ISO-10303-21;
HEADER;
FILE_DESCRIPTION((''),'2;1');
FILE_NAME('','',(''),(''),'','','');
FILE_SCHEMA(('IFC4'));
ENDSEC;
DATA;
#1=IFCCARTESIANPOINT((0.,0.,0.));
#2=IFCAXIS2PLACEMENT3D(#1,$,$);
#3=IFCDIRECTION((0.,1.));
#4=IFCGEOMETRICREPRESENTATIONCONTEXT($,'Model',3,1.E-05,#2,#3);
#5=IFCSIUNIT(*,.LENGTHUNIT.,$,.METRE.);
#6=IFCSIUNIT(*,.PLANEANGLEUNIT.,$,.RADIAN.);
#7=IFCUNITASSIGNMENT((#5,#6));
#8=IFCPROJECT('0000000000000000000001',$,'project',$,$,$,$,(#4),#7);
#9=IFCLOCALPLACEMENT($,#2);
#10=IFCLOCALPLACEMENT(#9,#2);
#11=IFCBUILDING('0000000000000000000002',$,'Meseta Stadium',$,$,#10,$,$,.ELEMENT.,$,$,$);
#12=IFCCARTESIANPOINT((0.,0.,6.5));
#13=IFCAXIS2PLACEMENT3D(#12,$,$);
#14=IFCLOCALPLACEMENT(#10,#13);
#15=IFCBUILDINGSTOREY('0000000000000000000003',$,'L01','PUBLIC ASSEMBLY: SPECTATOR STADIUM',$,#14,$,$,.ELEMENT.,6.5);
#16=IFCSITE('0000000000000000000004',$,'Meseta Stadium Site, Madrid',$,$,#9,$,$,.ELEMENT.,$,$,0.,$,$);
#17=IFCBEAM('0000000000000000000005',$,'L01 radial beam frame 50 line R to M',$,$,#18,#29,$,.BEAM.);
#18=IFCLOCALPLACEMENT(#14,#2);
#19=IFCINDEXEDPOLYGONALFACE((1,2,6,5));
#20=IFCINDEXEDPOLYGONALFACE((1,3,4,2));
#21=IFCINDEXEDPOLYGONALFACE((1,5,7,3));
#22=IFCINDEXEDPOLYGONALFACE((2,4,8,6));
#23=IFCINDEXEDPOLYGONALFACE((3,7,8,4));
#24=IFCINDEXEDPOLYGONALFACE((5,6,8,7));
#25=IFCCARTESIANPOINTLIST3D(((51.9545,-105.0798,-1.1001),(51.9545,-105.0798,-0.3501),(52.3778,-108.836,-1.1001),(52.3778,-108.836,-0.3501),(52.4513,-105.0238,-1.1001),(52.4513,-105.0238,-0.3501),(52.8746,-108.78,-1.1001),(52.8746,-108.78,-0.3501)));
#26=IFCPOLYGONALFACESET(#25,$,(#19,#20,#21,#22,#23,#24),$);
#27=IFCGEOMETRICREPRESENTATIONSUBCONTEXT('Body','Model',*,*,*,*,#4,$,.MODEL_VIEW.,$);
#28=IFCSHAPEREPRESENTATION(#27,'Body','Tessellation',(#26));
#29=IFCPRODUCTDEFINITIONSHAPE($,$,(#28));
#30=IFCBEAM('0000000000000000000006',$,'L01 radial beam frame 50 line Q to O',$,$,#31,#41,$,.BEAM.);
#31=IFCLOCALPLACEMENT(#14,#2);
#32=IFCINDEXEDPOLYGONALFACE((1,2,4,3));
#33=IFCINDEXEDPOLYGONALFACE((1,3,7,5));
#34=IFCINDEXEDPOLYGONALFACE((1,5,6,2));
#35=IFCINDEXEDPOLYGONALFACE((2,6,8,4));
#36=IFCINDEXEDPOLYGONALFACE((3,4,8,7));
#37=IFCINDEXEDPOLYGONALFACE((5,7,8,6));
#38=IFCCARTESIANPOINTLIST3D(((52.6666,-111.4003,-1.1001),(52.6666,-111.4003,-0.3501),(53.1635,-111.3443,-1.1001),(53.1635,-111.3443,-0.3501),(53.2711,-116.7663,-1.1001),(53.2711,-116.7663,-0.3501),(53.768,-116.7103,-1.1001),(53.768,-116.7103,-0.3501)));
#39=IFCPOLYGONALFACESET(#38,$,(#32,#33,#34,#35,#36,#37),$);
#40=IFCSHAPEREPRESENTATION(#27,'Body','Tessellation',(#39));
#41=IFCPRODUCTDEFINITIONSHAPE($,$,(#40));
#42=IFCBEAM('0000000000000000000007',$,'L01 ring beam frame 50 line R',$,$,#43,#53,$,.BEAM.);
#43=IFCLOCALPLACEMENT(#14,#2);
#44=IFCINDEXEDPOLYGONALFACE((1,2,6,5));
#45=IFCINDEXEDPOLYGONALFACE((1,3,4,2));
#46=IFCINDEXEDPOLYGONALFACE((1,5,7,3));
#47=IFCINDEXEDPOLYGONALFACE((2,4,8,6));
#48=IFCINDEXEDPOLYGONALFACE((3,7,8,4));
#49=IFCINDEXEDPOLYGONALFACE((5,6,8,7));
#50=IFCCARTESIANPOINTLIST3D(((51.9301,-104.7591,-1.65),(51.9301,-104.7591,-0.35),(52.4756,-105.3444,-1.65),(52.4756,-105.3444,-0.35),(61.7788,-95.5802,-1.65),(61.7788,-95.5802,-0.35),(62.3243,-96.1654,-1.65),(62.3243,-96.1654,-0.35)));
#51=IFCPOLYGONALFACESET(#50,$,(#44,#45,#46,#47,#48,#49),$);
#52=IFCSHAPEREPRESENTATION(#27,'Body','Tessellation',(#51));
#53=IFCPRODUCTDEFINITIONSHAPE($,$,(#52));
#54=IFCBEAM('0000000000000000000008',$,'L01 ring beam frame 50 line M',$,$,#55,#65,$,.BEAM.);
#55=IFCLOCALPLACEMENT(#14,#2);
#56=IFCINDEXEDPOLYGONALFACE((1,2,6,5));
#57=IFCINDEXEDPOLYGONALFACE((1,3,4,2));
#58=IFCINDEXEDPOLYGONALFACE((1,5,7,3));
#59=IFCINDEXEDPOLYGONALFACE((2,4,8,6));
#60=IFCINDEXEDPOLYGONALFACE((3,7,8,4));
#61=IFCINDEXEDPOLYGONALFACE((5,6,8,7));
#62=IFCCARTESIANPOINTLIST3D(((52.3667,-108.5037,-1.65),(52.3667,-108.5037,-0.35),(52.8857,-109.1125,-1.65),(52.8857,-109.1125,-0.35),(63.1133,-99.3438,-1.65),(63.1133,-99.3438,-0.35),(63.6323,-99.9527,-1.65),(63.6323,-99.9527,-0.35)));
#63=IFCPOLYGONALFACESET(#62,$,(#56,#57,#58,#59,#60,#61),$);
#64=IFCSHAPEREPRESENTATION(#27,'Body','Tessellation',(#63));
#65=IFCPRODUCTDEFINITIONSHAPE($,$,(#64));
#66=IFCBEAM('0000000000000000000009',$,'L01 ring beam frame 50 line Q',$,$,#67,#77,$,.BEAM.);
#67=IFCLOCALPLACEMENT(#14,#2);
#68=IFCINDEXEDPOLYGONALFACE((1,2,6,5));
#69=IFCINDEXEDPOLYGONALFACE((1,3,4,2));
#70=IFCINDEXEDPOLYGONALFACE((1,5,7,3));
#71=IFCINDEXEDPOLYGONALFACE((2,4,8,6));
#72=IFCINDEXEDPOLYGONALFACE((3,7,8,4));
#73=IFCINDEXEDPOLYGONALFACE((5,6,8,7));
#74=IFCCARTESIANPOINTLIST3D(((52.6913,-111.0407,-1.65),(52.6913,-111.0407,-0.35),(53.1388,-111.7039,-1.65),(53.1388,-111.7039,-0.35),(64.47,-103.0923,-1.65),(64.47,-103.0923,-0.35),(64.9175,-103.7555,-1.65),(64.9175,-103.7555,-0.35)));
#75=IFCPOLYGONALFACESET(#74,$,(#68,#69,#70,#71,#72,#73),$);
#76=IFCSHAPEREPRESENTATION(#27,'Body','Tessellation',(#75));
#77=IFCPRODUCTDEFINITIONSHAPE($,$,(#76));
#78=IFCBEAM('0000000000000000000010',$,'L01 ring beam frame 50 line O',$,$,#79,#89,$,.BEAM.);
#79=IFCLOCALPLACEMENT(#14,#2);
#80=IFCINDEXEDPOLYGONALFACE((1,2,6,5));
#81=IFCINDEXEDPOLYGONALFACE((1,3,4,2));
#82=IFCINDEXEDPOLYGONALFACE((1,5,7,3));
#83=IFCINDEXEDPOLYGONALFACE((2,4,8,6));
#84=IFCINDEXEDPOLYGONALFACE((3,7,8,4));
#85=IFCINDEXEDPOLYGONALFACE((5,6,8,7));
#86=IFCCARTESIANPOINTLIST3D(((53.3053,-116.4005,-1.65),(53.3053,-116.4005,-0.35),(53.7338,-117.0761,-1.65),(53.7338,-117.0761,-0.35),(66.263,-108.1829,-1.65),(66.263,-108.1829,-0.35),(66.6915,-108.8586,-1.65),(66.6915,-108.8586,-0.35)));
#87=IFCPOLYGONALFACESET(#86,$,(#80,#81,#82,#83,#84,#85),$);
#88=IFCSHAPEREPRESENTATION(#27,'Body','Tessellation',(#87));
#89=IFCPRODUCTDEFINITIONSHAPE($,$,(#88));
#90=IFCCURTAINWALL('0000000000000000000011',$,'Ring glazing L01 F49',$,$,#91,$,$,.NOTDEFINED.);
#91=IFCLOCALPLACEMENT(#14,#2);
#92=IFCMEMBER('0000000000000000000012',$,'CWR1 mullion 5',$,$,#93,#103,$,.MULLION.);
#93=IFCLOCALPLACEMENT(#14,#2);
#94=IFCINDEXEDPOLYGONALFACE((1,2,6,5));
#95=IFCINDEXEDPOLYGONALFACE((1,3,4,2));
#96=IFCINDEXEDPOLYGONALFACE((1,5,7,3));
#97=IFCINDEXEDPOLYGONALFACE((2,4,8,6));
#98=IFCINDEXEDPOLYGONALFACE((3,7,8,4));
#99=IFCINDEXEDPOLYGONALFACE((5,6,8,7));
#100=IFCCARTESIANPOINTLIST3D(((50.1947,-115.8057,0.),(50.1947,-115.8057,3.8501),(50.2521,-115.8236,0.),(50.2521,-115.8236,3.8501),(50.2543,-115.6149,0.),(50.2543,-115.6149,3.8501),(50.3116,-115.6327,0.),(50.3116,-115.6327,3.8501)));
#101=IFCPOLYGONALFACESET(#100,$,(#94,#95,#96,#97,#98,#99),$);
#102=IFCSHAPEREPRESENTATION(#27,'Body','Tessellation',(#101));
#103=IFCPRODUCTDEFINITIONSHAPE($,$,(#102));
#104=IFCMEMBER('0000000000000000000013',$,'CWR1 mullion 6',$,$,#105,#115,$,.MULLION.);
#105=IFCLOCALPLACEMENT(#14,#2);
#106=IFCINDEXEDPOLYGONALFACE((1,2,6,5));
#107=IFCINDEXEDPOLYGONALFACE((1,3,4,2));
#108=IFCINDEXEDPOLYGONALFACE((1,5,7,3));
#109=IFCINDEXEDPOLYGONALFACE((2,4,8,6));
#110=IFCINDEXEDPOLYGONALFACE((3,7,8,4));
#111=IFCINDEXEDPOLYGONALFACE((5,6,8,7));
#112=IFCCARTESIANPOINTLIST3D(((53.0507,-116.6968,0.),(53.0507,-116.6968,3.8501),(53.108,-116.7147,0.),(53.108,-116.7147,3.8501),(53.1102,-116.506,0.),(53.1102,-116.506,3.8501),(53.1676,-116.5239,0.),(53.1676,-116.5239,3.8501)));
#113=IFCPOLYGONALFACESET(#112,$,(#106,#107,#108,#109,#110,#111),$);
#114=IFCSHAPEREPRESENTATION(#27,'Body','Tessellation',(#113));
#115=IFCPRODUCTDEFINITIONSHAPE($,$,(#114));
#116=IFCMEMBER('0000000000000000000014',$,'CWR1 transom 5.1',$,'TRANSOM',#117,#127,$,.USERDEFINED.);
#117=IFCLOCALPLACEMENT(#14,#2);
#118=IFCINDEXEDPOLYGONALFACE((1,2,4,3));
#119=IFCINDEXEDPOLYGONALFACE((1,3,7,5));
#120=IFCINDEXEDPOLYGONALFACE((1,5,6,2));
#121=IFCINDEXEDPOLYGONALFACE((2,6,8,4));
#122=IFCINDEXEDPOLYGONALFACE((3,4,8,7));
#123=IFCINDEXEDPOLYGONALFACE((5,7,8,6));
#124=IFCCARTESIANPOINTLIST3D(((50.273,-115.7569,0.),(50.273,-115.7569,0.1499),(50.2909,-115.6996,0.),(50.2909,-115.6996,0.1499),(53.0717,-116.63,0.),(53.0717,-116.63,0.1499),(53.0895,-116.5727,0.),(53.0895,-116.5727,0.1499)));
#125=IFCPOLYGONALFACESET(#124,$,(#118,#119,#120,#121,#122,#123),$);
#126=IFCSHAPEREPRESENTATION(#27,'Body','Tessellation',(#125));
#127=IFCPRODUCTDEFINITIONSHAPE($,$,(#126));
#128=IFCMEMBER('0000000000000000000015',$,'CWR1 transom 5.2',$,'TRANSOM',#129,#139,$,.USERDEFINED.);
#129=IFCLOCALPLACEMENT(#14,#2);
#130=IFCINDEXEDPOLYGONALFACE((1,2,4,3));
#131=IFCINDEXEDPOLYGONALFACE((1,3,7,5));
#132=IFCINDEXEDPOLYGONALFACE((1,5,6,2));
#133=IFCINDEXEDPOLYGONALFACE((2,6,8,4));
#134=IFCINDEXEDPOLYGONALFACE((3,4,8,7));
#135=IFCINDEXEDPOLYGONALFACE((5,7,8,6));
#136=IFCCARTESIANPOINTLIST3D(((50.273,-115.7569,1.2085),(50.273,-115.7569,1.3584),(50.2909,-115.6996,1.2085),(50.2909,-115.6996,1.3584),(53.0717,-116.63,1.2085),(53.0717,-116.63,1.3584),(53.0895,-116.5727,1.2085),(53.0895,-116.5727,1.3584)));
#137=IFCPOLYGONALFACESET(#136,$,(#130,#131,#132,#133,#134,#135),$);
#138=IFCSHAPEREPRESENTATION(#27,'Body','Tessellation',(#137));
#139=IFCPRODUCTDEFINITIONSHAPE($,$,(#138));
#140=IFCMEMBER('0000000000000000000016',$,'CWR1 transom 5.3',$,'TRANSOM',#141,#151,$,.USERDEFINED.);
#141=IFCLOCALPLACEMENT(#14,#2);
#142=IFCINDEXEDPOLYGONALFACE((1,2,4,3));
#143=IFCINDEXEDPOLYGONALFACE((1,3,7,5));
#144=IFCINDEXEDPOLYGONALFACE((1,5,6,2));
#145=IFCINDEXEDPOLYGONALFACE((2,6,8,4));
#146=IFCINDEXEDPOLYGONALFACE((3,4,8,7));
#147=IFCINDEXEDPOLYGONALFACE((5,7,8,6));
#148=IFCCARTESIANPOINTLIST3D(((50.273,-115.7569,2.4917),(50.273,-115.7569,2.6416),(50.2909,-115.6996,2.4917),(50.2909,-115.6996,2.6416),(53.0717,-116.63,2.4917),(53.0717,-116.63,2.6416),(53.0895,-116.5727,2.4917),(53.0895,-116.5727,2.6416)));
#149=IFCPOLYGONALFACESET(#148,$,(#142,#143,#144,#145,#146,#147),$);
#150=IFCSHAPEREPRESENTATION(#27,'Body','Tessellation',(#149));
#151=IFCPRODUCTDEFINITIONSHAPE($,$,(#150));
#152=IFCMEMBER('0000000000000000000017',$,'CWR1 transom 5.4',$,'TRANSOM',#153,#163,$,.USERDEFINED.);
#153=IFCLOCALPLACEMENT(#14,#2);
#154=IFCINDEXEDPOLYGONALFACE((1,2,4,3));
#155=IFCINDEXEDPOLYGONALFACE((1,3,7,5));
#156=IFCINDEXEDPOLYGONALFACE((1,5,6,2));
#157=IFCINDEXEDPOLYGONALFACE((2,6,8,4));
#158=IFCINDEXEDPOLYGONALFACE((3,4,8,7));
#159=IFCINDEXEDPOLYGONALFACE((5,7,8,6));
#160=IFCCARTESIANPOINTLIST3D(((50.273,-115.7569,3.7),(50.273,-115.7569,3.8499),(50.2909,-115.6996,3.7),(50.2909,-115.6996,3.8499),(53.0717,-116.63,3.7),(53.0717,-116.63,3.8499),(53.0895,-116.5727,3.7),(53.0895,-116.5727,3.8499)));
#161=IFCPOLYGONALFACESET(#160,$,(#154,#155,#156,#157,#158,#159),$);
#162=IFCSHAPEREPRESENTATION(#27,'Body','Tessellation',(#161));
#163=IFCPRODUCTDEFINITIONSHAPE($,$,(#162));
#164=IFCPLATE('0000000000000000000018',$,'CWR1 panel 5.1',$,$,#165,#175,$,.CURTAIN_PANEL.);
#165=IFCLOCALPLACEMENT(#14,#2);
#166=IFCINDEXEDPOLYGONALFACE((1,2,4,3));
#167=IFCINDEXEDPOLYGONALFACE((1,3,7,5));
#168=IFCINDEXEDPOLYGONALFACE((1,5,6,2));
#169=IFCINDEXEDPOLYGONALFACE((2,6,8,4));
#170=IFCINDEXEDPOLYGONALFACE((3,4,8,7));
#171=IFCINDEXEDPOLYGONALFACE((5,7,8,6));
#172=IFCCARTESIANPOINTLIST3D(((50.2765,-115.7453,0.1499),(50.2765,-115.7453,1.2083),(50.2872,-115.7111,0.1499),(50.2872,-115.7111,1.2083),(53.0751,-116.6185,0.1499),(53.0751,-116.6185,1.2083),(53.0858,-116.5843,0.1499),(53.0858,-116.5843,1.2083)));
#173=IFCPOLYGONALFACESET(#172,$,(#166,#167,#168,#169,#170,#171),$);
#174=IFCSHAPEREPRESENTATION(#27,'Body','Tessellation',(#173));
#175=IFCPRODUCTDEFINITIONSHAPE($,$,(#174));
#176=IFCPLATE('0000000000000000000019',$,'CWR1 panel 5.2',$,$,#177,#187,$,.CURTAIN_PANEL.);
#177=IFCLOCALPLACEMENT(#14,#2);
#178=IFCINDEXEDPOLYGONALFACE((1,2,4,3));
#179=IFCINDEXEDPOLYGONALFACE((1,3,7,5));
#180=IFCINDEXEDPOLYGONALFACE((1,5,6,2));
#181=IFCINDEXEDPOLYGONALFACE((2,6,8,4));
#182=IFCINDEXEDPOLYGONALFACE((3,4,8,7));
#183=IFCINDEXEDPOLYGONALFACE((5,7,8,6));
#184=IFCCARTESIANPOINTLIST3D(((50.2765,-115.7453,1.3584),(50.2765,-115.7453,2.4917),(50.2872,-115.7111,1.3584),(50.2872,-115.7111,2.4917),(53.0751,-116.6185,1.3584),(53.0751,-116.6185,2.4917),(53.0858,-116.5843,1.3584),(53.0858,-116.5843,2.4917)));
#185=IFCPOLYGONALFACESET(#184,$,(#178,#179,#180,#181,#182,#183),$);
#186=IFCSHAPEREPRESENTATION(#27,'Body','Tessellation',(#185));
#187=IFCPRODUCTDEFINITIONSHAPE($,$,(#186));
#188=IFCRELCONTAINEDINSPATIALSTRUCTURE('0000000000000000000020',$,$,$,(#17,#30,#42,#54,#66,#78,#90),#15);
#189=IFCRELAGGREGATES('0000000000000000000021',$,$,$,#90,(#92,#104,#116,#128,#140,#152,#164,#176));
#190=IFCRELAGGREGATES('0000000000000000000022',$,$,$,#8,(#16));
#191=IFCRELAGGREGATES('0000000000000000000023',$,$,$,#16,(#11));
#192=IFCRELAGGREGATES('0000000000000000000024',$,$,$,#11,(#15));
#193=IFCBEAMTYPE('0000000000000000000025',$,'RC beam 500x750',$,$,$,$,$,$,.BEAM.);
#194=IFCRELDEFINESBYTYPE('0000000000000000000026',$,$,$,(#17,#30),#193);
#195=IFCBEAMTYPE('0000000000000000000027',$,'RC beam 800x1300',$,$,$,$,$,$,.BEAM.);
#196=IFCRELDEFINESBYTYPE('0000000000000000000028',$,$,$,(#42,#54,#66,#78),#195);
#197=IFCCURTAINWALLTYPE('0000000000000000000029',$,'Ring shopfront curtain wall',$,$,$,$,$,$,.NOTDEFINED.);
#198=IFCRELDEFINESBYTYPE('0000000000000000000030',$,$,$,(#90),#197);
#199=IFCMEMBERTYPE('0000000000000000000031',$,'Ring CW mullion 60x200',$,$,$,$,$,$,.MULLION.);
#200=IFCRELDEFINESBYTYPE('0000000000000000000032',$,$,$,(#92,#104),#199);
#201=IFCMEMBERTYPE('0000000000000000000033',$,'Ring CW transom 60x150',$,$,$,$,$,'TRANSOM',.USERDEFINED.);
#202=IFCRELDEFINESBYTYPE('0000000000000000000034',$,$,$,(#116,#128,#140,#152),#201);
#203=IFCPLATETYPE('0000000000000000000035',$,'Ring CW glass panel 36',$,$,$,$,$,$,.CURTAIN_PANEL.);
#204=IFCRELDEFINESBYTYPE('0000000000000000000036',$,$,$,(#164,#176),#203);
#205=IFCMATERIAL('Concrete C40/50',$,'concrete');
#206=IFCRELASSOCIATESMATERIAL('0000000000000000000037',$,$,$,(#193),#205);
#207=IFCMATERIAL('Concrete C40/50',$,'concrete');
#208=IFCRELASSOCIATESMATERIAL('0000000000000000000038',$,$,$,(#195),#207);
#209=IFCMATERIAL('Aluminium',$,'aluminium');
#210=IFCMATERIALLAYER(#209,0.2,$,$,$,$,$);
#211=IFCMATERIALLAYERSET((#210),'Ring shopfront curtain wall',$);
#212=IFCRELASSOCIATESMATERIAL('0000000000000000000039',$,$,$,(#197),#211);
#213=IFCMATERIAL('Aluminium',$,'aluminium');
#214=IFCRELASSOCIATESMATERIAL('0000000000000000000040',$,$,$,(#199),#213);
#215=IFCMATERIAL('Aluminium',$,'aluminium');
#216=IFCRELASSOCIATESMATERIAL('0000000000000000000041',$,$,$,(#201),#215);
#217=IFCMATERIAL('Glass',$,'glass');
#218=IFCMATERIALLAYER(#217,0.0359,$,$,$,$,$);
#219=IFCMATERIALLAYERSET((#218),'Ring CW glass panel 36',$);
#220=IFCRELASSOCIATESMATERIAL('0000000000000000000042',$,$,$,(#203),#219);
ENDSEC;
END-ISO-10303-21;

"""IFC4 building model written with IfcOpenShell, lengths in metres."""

from ifc_helpers import new_model, si_unit, direction, frame, origin, origin_2d, place, context, subcontext, project, spatial, rectangle, extrude, material, layer, layer_set, material_profile, profile_set, type_object, element, aggregate, save


model = new_model("IFC4")

# Units and contexts
model_context = context("Model", 3, precision=1e-05, world=origin(), true_north=direction((0.0, 1.0)))
body_context = subcontext(model_context, "Body", "Model", "MODEL_VIEW")
ifc_project = project(units=[si_unit("LENGTHUNIT", "METRE"), si_unit("PLANEANGLEUNIT", "RADIAN")], contexts=[model_context])

# Site, building, storey
site_placement = place(None, origin())
site = spatial("IfcSite", under=ifc_project, at=site_placement, Name="Meseta Stadium Site, Madrid", CompositionType="ELEMENT", RefElevation=0.0)
building_placement = place(site_placement, origin())
building = spatial("IfcBuilding", under=site, at=building_placement, Name="Meseta Stadium", CompositionType="ELEMENT")
storey_placement = place(building_placement, frame((0.0, 0.0, 6.5)))
storey = spatial("IfcBuildingStorey", under=building, at=storey_placement, Name="L01", Description="PUBLIC ASSEMBLY: SPECTATOR STADIUM", CompositionType="ELEMENT", Elevation=6.5)

# Beams
ifc_material_1 = material(Name="Concrete C40/50", Category="concrete")
ifc_material_profile_1 = material_profile(ifc_material_1, rectangle(XDim=0.5, YDim=0.75, at=origin_2d()), Name="RC 500x750")
ifc_profile_set_1 = profile_set([ifc_material_profile_1], Name="Concrete C40/50")
beam_type_1 = type_object("IfcBeamType", Name="RC beam 500x750", PredefinedType="BEAM", material=ifc_profile_set_1)
beam_1_placement = place(storey_placement, frame((52.2029, -105.0518, -0.7251), z_axis=(0.111991, -0.993709, 0.0), x_axis=(0.993709, 0.111991, 0.0)))
element("IfcBeam", 1, at=beam_1_placement, inside=storey, type_object=beam_type_1, Name="L01 radial beam frame 50 line R to M", PredefinedType="BEAM", context=body_context, shape_type="SweptSolid", body=[
    extrude(rectangle(XDim=0.5, YDim=0.75, at=origin_2d()), origin(), (0.0, 0.0, 1.0), 3.78),
])
beam_2_placement = place(storey_placement, frame((52.915, -111.3723, -0.7251), z_axis=(0.111945, -0.993714, 0.0), x_axis=(0.993714, 0.111945, 0.0)))
element("IfcBeam", 2, at=beam_2_placement, inside=storey, type_object=beam_type_1, Name="L01 radial beam frame 50 line Q to O", PredefinedType="BEAM", context=body_context, shape_type="SweptSolid", body=[
    extrude(rectangle(XDim=0.5, YDim=0.75, at=origin_2d()), origin(), (0.0, 0.0, 1.0), 5.3999),
])
ifc_material_2 = material(Name="Concrete C40/50", Category="concrete")
ifc_material_profile_2 = material_profile(ifc_material_2, rectangle(XDim=0.8, YDim=1.3, at=origin_2d()), Name="RC 800x1300")
ifc_profile_set_2 = profile_set([ifc_material_profile_2], Name="Concrete C40/50")
beam_type_2 = type_object("IfcBeamType", Name="RC beam 800x1300", PredefinedType="BEAM", material=ifc_profile_set_2)
beam_3_placement = place(storey_placement, frame((52.2029, -105.0518, -1.0), z_axis=(0.731541, 0.681798, 0.0), x_axis=(-0.681798, 0.731541, 0.0)))
element("IfcBeam", 3, at=beam_3_placement, inside=storey, type_object=beam_type_2, Name="L01 ring beam frame 50 line R", PredefinedType="BEAM", context=body_context, shape_type="SweptSolid", body=[
    extrude(rectangle(XDim=0.8, YDim=1.3, at=origin_2d()), origin(), (0.0, 0.0, 1.0), 13.4629),
])
beam_4_placement = place(storey_placement, frame((52.6262, -108.8081, -1.0), z_axis=(0.761054, 0.648689, 0.0), x_axis=(-0.648689, 0.761054, 0.0)))
element("IfcBeam", 4, at=beam_4_placement, inside=storey, type_object=beam_type_2, Name="L01 ring beam frame 50 line M", PredefinedType="BEAM", context=body_context, shape_type="SweptSolid", body=[
    extrude(rectangle(XDim=0.8, YDim=1.3, at=origin_2d()), origin(), (0.0, 0.0, 1.0), 14.1206),
])
beam_5_placement = place(storey_placement, frame((52.915, -111.3723, -1.0), z_axis=(0.828921, 0.559366, 0.0), x_axis=(-0.559366, 0.828921, 0.0)))
element("IfcBeam", 5, at=beam_5_placement, inside=storey, type_object=beam_type_2, Name="L01 ring beam frame 50 line Q", PredefinedType="BEAM", context=body_context, shape_type="SweptSolid", body=[
    extrude(rectangle(XDim=0.8, YDim=1.3, at=origin_2d()), origin(), (0.0, 0.0, 1.0), 14.2097),
])
beam_6_placement = place(storey_placement, frame((53.5195, -116.7383, -1.0), z_axis=(0.844496, 0.535561, 0.0), x_axis=(-0.535561, 0.844496, 0.0)))
element("IfcBeam", 6, at=beam_6_placement, inside=storey, type_object=beam_type_2, Name="L01 ring beam frame 50 line O", PredefinedType="BEAM", context=body_context, shape_type="SweptSolid", body=[
    extrude(rectangle(XDim=0.8, YDim=1.3, at=origin_2d()), origin(), (0.0, 0.0, 1.0), 15.3438),
])

# Curtain wall, members, plates
ifc_material_3 = material(Name="Aluminium", Category="aluminium")
ifc_layer_1 = layer(ifc_material_3, 0.2)
ifc_layer_set_1 = layer_set([ifc_layer_1], Name="Ring shopfront curtain wall")
curtain_wall_type = type_object("IfcCurtainWallType", Name="Ring shopfront curtain wall", PredefinedType="NOTDEFINED", material=ifc_layer_set_1)
curtain_wall_placement = place(storey_placement, origin())
curtain_wall = element("IfcCurtainWall", 7, at=curtain_wall_placement, inside=storey, type_object=curtain_wall_type, Name="Ring glazing L01 F49", PredefinedType="NOTDEFINED")
ifc_material_4 = material(Name="Aluminium", Category="aluminium")
ifc_material_profile_3 = material_profile(ifc_material_4, rectangle(XDim=0.2, YDim=0.0601, at=origin_2d()), Name="CW 200x60")
ifc_profile_set_3 = profile_set([ifc_material_profile_3], Name="Aluminium")
member_type_1 = type_object("IfcMemberType", Name="Ring CW mullion 60x200", PredefinedType="MULLION", material=ifc_profile_set_3)
member_1_placement = place(storey_placement, frame((50.2532, -115.7192, 0.0), z_axis=(0.0, 0.0, 1.0), x_axis=(0.297861, 0.954609, 0.0)))
member_1 = element("IfcMember", 8, at=member_1_placement, type_object=member_type_1, Name="CWR1 mullion 5", PredefinedType="MULLION", context=body_context, shape_type="SweptSolid", body=[
    extrude(rectangle(XDim=0.2, YDim=0.0601, at=origin_2d()), origin(), (0.0, 0.0, 1.0), 3.8501),
])
member_2_placement = place(storey_placement, frame((53.1091, -116.6104, 0.0), z_axis=(0.0, 0.0, 1.0), x_axis=(0.297861, 0.954609, 0.0)))
member_2 = element("IfcMember", 9, at=member_2_placement, type_object=member_type_1, Name="CWR1 mullion 6", PredefinedType="MULLION", context=body_context, shape_type="SweptSolid", body=[
    extrude(rectangle(XDim=0.2, YDim=0.0601, at=origin_2d()), origin(), (0.0, 0.0, 1.0), 3.8501),
])
ifc_material_5 = material(Name="Aluminium", Category="aluminium")
ifc_material_profile_4 = material_profile(ifc_material_5, rectangle(XDim=0.0601, YDim=0.1499, at=origin_2d()), Name="CW 60x150")
ifc_profile_set_4 = profile_set([ifc_material_profile_4], Name="Aluminium")
member_type_2 = type_object("IfcMemberType", Name="Ring CW transom 60x150", ElementType="TRANSOM", PredefinedType="USERDEFINED", material=ifc_profile_set_4)
member_3_placement = place(storey_placement, frame((50.282, -115.7283, 0.075), z_axis=(0.954627, -0.297806, 0.0), x_axis=(0.297806, 0.954627, 0.0)))
member_3 = element("IfcMember", 10, at=member_3_placement, type_object=member_type_2, Name="CWR1 transom 5.1", ObjectType="TRANSOM", PredefinedType="USERDEFINED", context=body_context, shape_type="SweptSolid", body=[
    extrude(rectangle(XDim=0.0601, YDim=0.1499, at=origin_2d()), origin(), (0.0, 0.0, 1.0), 2.9316),
])
member_4_placement = place(storey_placement, frame((50.282, -115.7283, 1.2834), z_axis=(0.954627, -0.297806, 0.0), x_axis=(0.297806, 0.954627, 0.0)))
member_4 = element("IfcMember", 11, at=member_4_placement, type_object=member_type_2, Name="CWR1 transom 5.2", ObjectType="TRANSOM", PredefinedType="USERDEFINED", context=body_context, shape_type="SweptSolid", body=[
    extrude(rectangle(XDim=0.0601, YDim=0.1499, at=origin_2d()), origin(), (0.0, 0.0, 1.0), 2.9316),
])
member_5_placement = place(storey_placement, frame((50.282, -115.7283, 2.5667), z_axis=(0.954627, -0.297806, 0.0), x_axis=(0.297806, 0.954627, 0.0)))
member_5 = element("IfcMember", 12, at=member_5_placement, type_object=member_type_2, Name="CWR1 transom 5.3", ObjectType="TRANSOM", PredefinedType="USERDEFINED", context=body_context, shape_type="SweptSolid", body=[
    extrude(rectangle(XDim=0.0601, YDim=0.1499, at=origin_2d()), origin(), (0.0, 0.0, 1.0), 2.9316),
])
member_6_placement = place(storey_placement, frame((50.282, -115.7283, 3.7749), z_axis=(0.954627, -0.297806, 0.0), x_axis=(0.297806, 0.954627, 0.0)))
member_6 = element("IfcMember", 13, at=member_6_placement, type_object=member_type_2, Name="CWR1 transom 5.4", ObjectType="TRANSOM", PredefinedType="USERDEFINED", context=body_context, shape_type="SweptSolid", body=[
    extrude(rectangle(XDim=0.0601, YDim=0.1499, at=origin_2d()), origin(), (0.0, 0.0, 1.0), 2.9316),
])
ifc_material_6 = material(Name="Glass", Category="glass")
ifc_layer_2 = layer(ifc_material_6, 0.0359)
ifc_layer_set_2 = layer_set([ifc_layer_2], Name="Ring CW glass panel 36")
plate_type_1 = type_object("IfcPlateType", Name="Ring CW glass panel 36", PredefinedType="CURTAIN_PANEL", material=ifc_layer_set_2)
plate_1_placement = place(storey_placement, frame((51.6812, -116.1648, 0.1499), z_axis=(0.0, 0.0, 1.0), x_axis=(0.954609, -0.297861, 0.0)))
plate_1 = element("IfcPlate", 14, at=plate_1_placement, type_object=plate_type_1, Name="CWR1 panel 5.1", PredefinedType="CURTAIN_PANEL", context=body_context, shape_type="SweptSolid", body=[
    extrude(rectangle(XDim=2.9316, YDim=0.0359, at=origin_2d()), origin(), (0.0, 0.0, 1.0), 1.0583),
])
plate_2_placement = place(storey_placement, frame((51.6812, -116.1648, 1.3584), z_axis=(0.0, 0.0, 1.0), x_axis=(0.954609, -0.297861, 0.0)))
plate_2 = element("IfcPlate", 15, at=plate_2_placement, type_object=plate_type_1, Name="CWR1 panel 5.2", PredefinedType="CURTAIN_PANEL", context=body_context, shape_type="SweptSolid", body=[
    extrude(rectangle(XDim=2.9316, YDim=0.0359, at=origin_2d()), origin(), (0.0, 0.0, 1.0), 1.1333),
])
aggregate(curtain_wall, [member_1, member_2, member_3, member_4, member_5, member_6, plate_1, plate_2])

save(model, "model.ifc")
